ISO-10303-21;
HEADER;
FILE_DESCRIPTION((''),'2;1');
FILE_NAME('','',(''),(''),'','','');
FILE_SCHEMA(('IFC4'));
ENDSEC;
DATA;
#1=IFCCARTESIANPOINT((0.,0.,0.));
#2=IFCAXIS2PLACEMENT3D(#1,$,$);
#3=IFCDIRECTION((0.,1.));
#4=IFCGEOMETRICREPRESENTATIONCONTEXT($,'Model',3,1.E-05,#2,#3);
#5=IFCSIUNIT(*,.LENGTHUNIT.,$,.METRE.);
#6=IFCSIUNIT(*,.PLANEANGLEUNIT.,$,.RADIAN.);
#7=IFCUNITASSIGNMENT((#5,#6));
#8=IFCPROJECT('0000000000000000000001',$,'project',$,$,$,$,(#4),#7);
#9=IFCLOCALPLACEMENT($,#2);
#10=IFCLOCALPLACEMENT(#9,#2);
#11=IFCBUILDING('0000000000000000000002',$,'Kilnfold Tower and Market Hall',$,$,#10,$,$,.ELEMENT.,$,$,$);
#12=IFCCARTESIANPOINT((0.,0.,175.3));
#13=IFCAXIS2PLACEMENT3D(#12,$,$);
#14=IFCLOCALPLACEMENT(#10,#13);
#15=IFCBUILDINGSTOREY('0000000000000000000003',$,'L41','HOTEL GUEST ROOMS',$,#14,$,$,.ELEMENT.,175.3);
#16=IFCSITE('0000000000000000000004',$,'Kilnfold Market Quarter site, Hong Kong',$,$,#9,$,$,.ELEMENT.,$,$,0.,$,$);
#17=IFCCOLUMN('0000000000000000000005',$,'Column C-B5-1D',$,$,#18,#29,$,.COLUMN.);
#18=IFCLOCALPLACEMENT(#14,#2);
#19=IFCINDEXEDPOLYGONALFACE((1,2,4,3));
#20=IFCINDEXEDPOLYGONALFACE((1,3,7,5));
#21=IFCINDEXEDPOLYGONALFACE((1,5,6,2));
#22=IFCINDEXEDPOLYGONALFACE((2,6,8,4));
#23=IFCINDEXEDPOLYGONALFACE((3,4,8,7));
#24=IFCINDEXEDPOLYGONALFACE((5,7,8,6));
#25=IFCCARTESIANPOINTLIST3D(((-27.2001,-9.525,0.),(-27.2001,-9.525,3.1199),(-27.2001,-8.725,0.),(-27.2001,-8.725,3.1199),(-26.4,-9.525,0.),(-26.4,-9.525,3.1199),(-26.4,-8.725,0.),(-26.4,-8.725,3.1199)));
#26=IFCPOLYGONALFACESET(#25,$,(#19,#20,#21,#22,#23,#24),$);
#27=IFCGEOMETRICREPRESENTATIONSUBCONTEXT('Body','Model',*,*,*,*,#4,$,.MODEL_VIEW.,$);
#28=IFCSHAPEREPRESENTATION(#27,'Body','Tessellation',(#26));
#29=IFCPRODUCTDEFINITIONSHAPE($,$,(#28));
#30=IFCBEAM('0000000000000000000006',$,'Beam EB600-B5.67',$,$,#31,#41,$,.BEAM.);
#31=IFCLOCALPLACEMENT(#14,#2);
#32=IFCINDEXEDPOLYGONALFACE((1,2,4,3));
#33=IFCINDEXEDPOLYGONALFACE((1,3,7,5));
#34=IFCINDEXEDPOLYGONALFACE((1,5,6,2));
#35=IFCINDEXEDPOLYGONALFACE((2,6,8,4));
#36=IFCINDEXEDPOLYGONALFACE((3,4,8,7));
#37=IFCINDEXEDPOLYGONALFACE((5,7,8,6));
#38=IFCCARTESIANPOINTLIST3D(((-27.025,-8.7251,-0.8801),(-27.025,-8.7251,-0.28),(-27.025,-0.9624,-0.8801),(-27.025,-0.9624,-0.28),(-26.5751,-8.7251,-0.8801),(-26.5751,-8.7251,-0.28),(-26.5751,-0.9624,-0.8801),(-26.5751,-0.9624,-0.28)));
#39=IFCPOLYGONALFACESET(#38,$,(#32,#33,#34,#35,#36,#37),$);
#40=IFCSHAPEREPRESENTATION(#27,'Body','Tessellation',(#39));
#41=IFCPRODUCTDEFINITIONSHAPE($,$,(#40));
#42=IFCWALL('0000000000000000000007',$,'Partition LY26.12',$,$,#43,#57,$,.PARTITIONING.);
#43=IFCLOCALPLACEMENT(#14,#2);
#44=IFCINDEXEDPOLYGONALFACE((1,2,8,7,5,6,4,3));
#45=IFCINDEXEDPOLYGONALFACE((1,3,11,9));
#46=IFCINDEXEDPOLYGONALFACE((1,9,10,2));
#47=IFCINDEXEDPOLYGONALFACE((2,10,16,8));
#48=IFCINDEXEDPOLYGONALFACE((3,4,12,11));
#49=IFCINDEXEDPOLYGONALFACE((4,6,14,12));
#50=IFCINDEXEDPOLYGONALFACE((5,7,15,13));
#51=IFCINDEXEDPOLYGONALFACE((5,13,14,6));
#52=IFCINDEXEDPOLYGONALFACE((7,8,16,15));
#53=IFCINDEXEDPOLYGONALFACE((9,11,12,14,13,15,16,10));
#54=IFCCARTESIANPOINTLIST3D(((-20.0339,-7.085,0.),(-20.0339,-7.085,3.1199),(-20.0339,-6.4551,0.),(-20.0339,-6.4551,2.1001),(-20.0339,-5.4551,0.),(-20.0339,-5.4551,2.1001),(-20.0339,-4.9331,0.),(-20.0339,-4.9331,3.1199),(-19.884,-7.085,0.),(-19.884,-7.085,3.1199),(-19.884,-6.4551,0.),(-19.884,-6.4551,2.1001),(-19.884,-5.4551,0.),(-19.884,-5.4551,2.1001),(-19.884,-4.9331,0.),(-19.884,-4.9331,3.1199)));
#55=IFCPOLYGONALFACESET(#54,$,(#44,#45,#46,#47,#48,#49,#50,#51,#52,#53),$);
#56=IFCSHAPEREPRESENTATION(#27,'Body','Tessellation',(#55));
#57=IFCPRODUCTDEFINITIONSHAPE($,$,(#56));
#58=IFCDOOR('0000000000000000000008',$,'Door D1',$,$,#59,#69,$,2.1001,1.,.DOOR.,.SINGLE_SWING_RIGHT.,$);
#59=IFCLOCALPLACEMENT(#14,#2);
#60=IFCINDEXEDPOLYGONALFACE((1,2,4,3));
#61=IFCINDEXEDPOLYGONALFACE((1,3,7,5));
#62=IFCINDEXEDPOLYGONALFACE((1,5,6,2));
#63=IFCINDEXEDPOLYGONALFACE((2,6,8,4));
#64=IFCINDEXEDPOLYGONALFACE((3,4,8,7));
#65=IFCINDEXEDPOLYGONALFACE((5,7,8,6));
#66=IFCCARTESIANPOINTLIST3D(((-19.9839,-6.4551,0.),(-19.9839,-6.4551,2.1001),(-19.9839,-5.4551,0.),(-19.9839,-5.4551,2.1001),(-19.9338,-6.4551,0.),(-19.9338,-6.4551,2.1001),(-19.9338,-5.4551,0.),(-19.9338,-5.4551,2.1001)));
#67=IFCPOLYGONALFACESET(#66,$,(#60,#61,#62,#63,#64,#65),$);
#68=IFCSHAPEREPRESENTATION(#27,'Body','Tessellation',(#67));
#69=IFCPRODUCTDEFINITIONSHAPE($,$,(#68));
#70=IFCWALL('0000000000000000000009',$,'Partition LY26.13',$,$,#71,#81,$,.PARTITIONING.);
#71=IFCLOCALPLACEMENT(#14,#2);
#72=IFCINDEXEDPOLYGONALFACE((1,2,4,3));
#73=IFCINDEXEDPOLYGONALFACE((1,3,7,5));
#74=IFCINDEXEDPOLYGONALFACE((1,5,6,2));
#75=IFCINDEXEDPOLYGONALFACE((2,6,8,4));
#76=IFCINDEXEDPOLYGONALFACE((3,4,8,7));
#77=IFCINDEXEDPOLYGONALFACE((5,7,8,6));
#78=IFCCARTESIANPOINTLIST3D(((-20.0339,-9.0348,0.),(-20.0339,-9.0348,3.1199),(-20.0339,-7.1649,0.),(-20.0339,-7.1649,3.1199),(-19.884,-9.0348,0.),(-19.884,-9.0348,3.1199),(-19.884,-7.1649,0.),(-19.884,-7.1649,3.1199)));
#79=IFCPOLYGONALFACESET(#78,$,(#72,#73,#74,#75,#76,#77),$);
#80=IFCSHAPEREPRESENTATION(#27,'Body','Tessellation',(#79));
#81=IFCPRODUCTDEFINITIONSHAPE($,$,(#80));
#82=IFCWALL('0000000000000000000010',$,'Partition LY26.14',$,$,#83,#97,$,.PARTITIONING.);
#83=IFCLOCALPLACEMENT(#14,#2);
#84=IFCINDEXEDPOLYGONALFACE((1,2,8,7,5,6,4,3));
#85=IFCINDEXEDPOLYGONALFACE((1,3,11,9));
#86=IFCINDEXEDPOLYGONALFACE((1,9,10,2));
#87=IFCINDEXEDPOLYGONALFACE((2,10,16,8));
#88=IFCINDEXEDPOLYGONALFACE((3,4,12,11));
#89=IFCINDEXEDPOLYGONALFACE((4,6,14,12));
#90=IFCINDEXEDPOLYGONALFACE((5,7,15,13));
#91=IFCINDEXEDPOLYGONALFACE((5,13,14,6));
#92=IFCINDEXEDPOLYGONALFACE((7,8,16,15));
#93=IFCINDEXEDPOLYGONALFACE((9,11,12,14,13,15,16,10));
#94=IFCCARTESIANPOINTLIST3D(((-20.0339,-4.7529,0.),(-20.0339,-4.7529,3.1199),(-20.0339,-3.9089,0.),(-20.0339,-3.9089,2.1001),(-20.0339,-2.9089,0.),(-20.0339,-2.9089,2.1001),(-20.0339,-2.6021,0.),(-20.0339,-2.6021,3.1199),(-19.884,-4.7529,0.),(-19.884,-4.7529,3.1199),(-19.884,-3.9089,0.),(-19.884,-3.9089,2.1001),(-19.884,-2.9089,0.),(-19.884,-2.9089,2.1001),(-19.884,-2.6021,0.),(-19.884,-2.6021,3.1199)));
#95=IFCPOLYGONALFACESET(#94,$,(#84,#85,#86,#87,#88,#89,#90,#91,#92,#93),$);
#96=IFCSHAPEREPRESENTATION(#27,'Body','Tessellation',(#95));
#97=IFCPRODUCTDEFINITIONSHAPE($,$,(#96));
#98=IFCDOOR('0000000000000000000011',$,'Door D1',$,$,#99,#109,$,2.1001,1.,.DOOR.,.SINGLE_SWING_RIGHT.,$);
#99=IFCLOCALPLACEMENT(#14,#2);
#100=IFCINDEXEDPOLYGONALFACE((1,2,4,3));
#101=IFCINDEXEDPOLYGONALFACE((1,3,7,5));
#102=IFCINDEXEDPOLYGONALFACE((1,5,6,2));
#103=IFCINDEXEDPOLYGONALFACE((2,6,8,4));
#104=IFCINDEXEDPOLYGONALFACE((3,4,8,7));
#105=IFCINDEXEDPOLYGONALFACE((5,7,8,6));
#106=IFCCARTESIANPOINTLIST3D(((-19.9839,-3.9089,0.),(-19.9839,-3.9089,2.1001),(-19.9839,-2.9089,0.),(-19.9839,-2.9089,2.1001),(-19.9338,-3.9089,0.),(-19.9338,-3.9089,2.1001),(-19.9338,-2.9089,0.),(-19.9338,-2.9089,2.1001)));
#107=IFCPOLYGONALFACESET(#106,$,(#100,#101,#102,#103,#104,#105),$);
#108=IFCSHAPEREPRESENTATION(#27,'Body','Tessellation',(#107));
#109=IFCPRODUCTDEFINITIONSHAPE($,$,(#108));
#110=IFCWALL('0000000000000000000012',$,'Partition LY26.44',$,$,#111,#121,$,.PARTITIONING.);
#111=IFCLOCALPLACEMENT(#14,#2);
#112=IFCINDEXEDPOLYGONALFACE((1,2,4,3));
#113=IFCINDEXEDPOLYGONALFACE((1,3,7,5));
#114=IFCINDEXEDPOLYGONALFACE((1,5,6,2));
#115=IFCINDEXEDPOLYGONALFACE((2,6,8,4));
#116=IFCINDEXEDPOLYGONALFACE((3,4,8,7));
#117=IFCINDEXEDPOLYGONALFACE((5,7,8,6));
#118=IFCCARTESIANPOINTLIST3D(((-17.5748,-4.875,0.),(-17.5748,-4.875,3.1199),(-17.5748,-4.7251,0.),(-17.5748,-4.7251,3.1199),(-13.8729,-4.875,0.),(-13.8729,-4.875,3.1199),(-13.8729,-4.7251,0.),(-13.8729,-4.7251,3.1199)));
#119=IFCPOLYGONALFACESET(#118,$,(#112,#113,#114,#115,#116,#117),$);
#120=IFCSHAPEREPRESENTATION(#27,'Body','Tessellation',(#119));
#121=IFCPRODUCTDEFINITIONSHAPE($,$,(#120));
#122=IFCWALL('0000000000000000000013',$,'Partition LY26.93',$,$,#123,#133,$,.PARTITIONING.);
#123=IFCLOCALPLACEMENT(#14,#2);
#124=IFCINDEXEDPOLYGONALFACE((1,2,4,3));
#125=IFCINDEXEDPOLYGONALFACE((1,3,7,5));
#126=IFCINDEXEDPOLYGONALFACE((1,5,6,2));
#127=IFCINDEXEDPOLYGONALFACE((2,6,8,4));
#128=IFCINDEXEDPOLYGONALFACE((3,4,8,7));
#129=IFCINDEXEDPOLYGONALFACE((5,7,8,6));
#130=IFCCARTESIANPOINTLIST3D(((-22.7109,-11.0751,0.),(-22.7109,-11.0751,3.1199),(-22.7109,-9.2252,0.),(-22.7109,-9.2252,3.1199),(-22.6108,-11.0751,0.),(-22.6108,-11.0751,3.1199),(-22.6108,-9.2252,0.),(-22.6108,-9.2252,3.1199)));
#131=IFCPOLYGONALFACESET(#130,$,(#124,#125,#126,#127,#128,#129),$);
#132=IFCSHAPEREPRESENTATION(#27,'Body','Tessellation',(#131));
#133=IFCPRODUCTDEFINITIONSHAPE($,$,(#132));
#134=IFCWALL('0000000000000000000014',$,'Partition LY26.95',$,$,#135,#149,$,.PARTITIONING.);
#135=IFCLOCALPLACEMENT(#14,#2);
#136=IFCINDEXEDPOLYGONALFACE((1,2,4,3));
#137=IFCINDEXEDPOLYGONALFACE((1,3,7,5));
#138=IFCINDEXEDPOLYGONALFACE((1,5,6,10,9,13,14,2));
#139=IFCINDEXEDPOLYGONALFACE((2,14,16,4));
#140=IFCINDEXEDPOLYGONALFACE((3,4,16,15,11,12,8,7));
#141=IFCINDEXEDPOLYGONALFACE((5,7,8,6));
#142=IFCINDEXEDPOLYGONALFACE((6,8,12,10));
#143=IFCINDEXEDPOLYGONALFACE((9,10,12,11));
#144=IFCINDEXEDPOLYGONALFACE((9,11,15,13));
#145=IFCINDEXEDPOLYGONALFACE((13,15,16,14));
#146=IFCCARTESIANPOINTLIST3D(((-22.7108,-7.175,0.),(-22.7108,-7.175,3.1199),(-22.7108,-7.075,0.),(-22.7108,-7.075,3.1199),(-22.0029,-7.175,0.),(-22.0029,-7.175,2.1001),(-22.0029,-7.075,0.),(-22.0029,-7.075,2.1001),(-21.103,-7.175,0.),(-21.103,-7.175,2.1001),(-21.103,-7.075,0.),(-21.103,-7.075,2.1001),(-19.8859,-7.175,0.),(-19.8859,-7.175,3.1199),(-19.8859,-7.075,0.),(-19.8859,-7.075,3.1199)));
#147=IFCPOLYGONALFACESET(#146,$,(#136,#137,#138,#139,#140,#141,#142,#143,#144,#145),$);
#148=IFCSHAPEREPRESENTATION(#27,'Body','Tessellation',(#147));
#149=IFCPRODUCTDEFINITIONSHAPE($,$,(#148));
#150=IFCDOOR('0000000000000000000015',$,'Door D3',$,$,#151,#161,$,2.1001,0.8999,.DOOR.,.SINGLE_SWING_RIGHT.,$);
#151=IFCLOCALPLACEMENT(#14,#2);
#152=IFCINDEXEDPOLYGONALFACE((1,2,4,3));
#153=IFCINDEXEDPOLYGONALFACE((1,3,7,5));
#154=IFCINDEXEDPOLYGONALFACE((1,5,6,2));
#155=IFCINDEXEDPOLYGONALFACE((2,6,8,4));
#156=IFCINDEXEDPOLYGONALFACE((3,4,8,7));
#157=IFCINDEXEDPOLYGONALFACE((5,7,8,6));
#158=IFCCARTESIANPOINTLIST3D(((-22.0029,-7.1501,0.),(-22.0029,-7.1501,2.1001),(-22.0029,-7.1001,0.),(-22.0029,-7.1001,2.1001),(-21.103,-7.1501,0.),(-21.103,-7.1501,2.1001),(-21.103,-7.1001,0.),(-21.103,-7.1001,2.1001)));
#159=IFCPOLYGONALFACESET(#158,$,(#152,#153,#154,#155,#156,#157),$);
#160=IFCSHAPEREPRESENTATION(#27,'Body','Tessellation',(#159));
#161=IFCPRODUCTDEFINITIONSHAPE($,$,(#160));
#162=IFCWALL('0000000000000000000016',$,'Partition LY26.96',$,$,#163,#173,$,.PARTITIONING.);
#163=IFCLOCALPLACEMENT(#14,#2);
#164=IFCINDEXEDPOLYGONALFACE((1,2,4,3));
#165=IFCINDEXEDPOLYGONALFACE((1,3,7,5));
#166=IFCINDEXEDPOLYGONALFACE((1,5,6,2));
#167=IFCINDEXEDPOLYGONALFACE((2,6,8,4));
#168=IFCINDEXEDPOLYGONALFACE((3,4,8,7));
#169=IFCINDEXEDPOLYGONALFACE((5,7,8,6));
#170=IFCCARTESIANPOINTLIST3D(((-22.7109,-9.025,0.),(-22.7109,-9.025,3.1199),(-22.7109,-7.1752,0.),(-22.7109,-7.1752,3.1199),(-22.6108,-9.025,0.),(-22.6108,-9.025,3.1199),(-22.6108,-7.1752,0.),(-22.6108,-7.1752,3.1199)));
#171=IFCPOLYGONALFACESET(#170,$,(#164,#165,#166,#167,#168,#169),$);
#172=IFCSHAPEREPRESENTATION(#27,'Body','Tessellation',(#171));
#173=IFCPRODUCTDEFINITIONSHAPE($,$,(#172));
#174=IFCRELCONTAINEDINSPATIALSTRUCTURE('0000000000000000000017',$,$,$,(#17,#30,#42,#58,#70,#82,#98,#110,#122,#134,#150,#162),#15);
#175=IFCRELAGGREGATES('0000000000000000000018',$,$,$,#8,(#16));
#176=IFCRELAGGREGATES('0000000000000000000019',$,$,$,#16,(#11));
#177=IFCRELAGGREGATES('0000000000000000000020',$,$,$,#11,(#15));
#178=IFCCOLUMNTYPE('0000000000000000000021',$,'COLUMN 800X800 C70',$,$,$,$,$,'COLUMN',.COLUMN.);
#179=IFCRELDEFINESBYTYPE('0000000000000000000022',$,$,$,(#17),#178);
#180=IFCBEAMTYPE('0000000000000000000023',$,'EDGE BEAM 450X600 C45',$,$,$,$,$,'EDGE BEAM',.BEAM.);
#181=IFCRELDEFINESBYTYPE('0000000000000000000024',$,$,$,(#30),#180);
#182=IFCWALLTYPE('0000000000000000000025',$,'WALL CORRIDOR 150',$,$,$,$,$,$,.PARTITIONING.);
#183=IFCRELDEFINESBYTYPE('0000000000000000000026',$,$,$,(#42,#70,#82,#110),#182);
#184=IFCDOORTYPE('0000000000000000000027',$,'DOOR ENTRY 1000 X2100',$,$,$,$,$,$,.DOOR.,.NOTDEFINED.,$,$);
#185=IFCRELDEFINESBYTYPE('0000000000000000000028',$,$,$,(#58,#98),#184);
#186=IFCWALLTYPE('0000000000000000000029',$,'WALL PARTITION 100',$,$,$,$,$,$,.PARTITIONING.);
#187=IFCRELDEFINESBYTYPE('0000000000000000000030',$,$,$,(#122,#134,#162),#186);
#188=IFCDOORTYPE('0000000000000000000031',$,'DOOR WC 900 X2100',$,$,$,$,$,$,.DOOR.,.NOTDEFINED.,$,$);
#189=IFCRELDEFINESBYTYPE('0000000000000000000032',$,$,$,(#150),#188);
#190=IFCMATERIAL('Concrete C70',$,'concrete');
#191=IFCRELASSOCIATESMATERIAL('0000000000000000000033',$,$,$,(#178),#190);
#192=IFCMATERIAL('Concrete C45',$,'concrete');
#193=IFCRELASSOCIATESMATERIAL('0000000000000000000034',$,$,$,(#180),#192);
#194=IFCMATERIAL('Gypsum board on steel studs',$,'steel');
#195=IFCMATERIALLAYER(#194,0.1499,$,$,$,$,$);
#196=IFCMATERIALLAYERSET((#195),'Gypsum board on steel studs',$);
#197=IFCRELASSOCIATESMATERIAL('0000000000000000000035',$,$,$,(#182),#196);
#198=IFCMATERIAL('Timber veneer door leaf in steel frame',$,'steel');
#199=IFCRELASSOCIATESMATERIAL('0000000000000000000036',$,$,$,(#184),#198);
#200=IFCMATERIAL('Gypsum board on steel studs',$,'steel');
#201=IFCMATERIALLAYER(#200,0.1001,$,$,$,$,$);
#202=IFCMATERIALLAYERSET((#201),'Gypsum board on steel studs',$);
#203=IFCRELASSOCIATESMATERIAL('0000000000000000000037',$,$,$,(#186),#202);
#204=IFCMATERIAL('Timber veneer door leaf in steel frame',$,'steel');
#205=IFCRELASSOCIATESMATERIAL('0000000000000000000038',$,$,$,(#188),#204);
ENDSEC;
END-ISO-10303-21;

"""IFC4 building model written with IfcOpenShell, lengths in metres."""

from ifc_helpers import new_model, si_unit, direction, frame, frame_2d, origin, origin_2d, place, context, subcontext, project, spatial, rectangle, extrude, source, transform, mapped, material, layer, layer_set, material_profile, profile_set, type_object, element, fill, save


model = new_model("IFC4")

# Units and contexts
model_context = context("Model", 3, precision=1e-05, world=origin(), true_north=direction((0.0, 1.0)))
body_context = subcontext(model_context, "Body", "Model", "MODEL_VIEW")
ifc_project = project(units=[si_unit("LENGTHUNIT", "METRE"), si_unit("PLANEANGLEUNIT", "RADIAN")], contexts=[model_context])

# Site, building, storey
site_placement = place(None, origin())
site = spatial("IfcSite", under=ifc_project, at=site_placement, Name="Kilnfold Market Quarter site, Hong Kong", CompositionType="ELEMENT", RefElevation=0.0)
building_placement = place(site_placement, origin())
building = spatial("IfcBuilding", under=site, at=building_placement, Name="Kilnfold Tower and Market Hall", CompositionType="ELEMENT")
storey_placement = place(building_placement, frame((0.0, 0.0, 175.3)))
storey = spatial("IfcBuildingStorey", under=building, at=storey_placement, Name="L41", Description="HOTEL GUEST ROOMS", CompositionType="ELEMENT", Elevation=175.3)

# Column
ifc_material_1 = material(Name="Concrete C70", Category="concrete")
ifc_material_profile_1 = material_profile(ifc_material_1, rectangle(XDim=0.8, YDim=0.8, at=origin_2d()), Name="RC 800x800")
ifc_profile_set_1 = profile_set([ifc_material_profile_1], Name="Concrete C70")
column_type = type_object("IfcColumnType", Name="COLUMN 800X800 C70", ElementType="COLUMN", PredefinedType="COLUMN", material=ifc_profile_set_1)
shared_shape_1 = source(origin(), body_context, "Body", "SweptSolid", [
    extrude(rectangle(XDim=0.8, YDim=0.8, at=origin_2d()), origin(), (0.0, 0.0, 1.0), 3.1199),
])
column_placement = place(storey_placement, frame((-26.8, -9.125, 0.0), z_axis=(0.0, 0.0, 1.0), x_axis=(1.0, 0.0, 0.0)))
element("IfcColumn", 1, at=column_placement, inside=storey, type_object=column_type, Name="Column C-B5-1D", PredefinedType="COLUMN", context=body_context, shape_type="MappedRepresentation", body=[
    mapped(shared_shape_1, transform((0.0, 0.0, 0.0))),
])

# Beam
ifc_material_2 = material(Name="Concrete C45", Category="concrete")
ifc_material_profile_2 = material_profile(ifc_material_2, rectangle(XDim=0.45, YDim=0.6001, at=origin_2d()), Name="RC 450x600")
ifc_profile_set_2 = profile_set([ifc_material_profile_2], Name="Concrete C45")
beam_type = type_object("IfcBeamType", Name="EDGE BEAM 450X600 C45", ElementType="EDGE BEAM", PredefinedType="BEAM", material=ifc_profile_set_2)
shared_shape_2 = source(origin(), body_context, "Body", "SweptSolid", [
    extrude(rectangle(XDim=0.45, YDim=0.6001, at=origin_2d()), origin(), (0.0, 0.0, 1.0), 7.7627),
])
beam_placement = place(storey_placement, frame((-26.8, -8.7251, -0.5801), z_axis=(0.0, 1.0, 0.0), x_axis=(-1.0, 0.0, 0.0)))
element("IfcBeam", 2, at=beam_placement, inside=storey, type_object=beam_type, Name="Beam EB600-B5.67", PredefinedType="BEAM", context=body_context, shape_type="MappedRepresentation", body=[
    mapped(shared_shape_2, transform((0.0, 0.0, 0.0))),
])

# Wall, opening, door
ifc_material_3 = material(Name="Gypsum board on steel studs", Category="steel")
ifc_layer_1 = layer(ifc_material_3, 0.1499)
ifc_layer_set_1 = layer_set([ifc_layer_1], Name="Gypsum board on steel studs")
wall_type_1 = type_object("IfcWallType", Name="WALL CORRIDOR 150", PredefinedType="PARTITIONING", material=ifc_layer_set_1)
wall_1_placement = place(storey_placement, frame((-19.959, -7.085, 0.0), z_axis=(0.0, 0.0, 1.0), x_axis=(0.0, 1.0, 0.0)))
wall_1 = element("IfcWall", 3, at=wall_1_placement, inside=storey, type_object=wall_type_1, Name="Partition LY26.12", PredefinedType="PARTITIONING", context=body_context, shape_type="SweptSolid", body=[
    extrude(rectangle(XDim=2.1519, YDim=0.1499, at=frame_2d((1.0759, 0.0))), origin(), (0.0, 0.0, 1.0), 3.1199),
])
opening_1_placement = place(wall_1_placement, frame((0.6299, 0.0, 0.0)))
opening_1 = element("IfcOpeningElement", 4, at=opening_1_placement, cuts=wall_1, PredefinedType="OPENING", context=body_context, shape_type="SweptSolid", body=[
    extrude(rectangle(XDim=1.0, YDim=2.1001, at=frame_2d((0.5, 1.05))), frame((0.0, 0.085, 0.0), z_axis=(0.0, -1.0, 0.0), x_axis=(1.0, 0.0, 0.0)), (0.0, 0.0, 1.0), 0.1699),
])
ifc_material_4 = material(Name="Timber veneer door leaf in steel frame", Category="steel")
door_type_1 = type_object("IfcDoorType", Name="DOOR ENTRY 1000 X2100", OperationType="NOTDEFINED", PredefinedType="DOOR", material=ifc_material_4)
door_1_placement = place(opening_1_placement, origin())
door_1 = element("IfcDoor", 5, at=door_1_placement, inside=storey, type_object=door_type_1, Name="Door D1", OperationType="SINGLE_SWING_RIGHT", OverallHeight=2.1001, OverallWidth=1.0, PredefinedType="DOOR", context=body_context, shape_type="SweptSolid", body=[
    extrude(rectangle(XDim=1.0, YDim=2.1001, at=frame_2d((0.5, 1.05))), frame((0.0, 0.0249, 0.0), z_axis=(0.0, -1.0, 0.0), x_axis=(1.0, 0.0, 0.0)), (0.0, 0.0, 1.0), 0.05),
])
fill(opening_1, door_1)

# Wall
wall_2_placement = place(storey_placement, frame((-19.959, -9.0349, 0.0), z_axis=(0.0, 0.0, 1.0), x_axis=(0.0, 1.0, 0.0)))
element("IfcWall", 6, at=wall_2_placement, inside=storey, type_object=wall_type_1, Name="Partition LY26.13", PredefinedType="PARTITIONING", context=body_context, shape_type="SweptSolid", body=[
    extrude(rectangle(XDim=1.8699, YDim=0.1499, at=frame_2d((0.9351, 0.0))), origin(), (0.0, 0.0, 1.0), 3.1199),
])

# Wall, opening, door
wall_3_placement = place(storey_placement, frame((-19.959, -4.7529, 0.0), z_axis=(0.0, 0.0, 1.0), x_axis=(0.0, 1.0, 0.0)))
wall_3 = element("IfcWall", 7, at=wall_3_placement, inside=storey, type_object=wall_type_1, Name="Partition LY26.14", PredefinedType="PARTITIONING", context=body_context, shape_type="SweptSolid", body=[
    extrude(rectangle(XDim=2.1509, YDim=0.1499, at=frame_2d((1.0754, 0.0))), origin(), (0.0, 0.0, 1.0), 3.1199),
])
opening_2_placement = place(wall_3_placement, frame((0.844, 0.0, 0.0)))
opening_2 = element("IfcOpeningElement", 8, at=opening_2_placement, cuts=wall_3, PredefinedType="OPENING", context=body_context, shape_type="SweptSolid", body=[
    extrude(rectangle(XDim=1.0, YDim=2.1001, at=frame_2d((0.5, 1.05))), frame((0.0, 0.085, 0.0), z_axis=(0.0, -1.0, 0.0), x_axis=(1.0, 0.0, 0.0)), (0.0, 0.0, 1.0), 0.1699),
])
door_2_placement = place(opening_2_placement, origin())
door_2 = element("IfcDoor", 9, at=door_2_placement, inside=storey, type_object=door_type_1, Name="Door D1", OperationType="SINGLE_SWING_RIGHT", OverallHeight=2.1001, OverallWidth=1.0, PredefinedType="DOOR", context=body_context, shape_type="SweptSolid", body=[
    extrude(rectangle(XDim=1.0, YDim=2.1001, at=frame_2d((0.5, 1.05))), frame((0.0, 0.0249, 0.0), z_axis=(0.0, -1.0, 0.0), x_axis=(1.0, 0.0, 0.0)), (0.0, 0.0, 1.0), 0.05),
])
fill(opening_2, door_2)

# Walls
wall_4_placement = place(storey_placement, frame((-17.575, -4.8, 0.0), z_axis=(0.0, 0.0, 1.0), x_axis=(1.0, 0.0, 0.0)))
element("IfcWall", 10, at=wall_4_placement, inside=storey, type_object=wall_type_1, Name="Partition LY26.44", PredefinedType="PARTITIONING", context=body_context, shape_type="SweptSolid", body=[
    extrude(rectangle(XDim=3.7019, YDim=0.1499, at=frame_2d((1.8511, 0.0))), origin(), (0.0, 0.0, 1.0), 3.1199),
])
ifc_material_5 = material(Name="Gypsum board on steel studs", Category="steel")
ifc_layer_2 = layer(ifc_material_5, 0.1001)
ifc_layer_set_2 = layer_set([ifc_layer_2], Name="Gypsum board on steel studs")
wall_type_2 = type_object("IfcWallType", Name="WALL PARTITION 100", PredefinedType="PARTITIONING", material=ifc_layer_set_2)
wall_5_placement = place(storey_placement, frame((-22.6609, -11.075, 0.0), z_axis=(0.0, 0.0, 1.0), x_axis=(0.0, 1.0, 0.0)))
element("IfcWall", 11, at=wall_5_placement, inside=storey, type_object=wall_type_2, Name="Partition LY26.93", PredefinedType="PARTITIONING", context=body_context, shape_type="SweptSolid", body=[
    extrude(rectangle(XDim=1.8499, YDim=0.1001, at=frame_2d((0.9248, 0.0))), origin(), (0.0, 0.0, 1.0), 3.1199),
])

# Wall, opening, door
wall_6_placement = place(storey_placement, frame((-22.7109, -7.125, 0.0), z_axis=(0.0, 0.0, 1.0), x_axis=(1.0, 0.0, 0.0)))
wall_6 = element("IfcWall", 12, at=wall_6_placement, inside=storey, type_object=wall_type_2, Name="Partition LY26.95", PredefinedType="PARTITIONING", context=body_context, shape_type="SweptSolid", body=[
    extrude(rectangle(XDim=2.825, YDim=0.1001, at=frame_2d((1.4126, 0.0))), origin(), (0.0, 0.0, 1.0), 3.1199),
])
opening_3_placement = place(wall_6_placement, frame((0.708, 0.0, 0.0)))
opening_3 = element("IfcOpeningElement", 13, at=opening_3_placement, cuts=wall_6, PredefinedType="OPENING", context=body_context, shape_type="SweptSolid", body=[
    extrude(rectangle(XDim=0.8999, YDim=2.1001, at=frame_2d((0.45, 1.05))), frame((0.0, 0.0601, 0.0), z_axis=(0.0, -1.0, 0.0), x_axis=(1.0, 0.0, 0.0)), (0.0, 0.0, 1.0), 0.1201),
])
ifc_material_6 = material(Name="Timber veneer door leaf in steel frame", Category="steel")
door_type_2 = type_object("IfcDoorType", Name="DOOR WC 900 X2100", OperationType="NOTDEFINED", PredefinedType="DOOR", material=ifc_material_6)
door_3_placement = place(opening_3_placement, origin())
door_3 = element("IfcDoor", 14, at=door_3_placement, inside=storey, type_object=door_type_2, Name="Door D3", OperationType="SINGLE_SWING_RIGHT", OverallHeight=2.1001, OverallWidth=0.8999, PredefinedType="DOOR", context=body_context, shape_type="SweptSolid", body=[
    extrude(rectangle(XDim=0.8999, YDim=2.1001, at=frame_2d((0.45, 1.05))), frame((0.0, 0.0249, 0.0), z_axis=(0.0, -1.0, 0.0), x_axis=(1.0, 0.0, 0.0)), (0.0, 0.0, 1.0), 0.05),
])
fill(opening_3, door_3)

# Wall
wall_7_placement = place(storey_placement, frame((-22.6609, -9.0249, 0.0), z_axis=(0.0, 0.0, 1.0), x_axis=(0.0, 1.0, 0.0)))
element("IfcWall", 15, at=wall_7_placement, inside=storey, type_object=wall_type_2, Name="Partition LY26.96", PredefinedType="PARTITIONING", context=body_context, shape_type="SweptSolid", body=[
    extrude(rectangle(XDim=1.8499, YDim=0.1001, at=frame_2d((0.9248, 0.0))), origin(), (0.0, 0.0, 1.0), 3.1199),
])

save(model, "model.ifc")
